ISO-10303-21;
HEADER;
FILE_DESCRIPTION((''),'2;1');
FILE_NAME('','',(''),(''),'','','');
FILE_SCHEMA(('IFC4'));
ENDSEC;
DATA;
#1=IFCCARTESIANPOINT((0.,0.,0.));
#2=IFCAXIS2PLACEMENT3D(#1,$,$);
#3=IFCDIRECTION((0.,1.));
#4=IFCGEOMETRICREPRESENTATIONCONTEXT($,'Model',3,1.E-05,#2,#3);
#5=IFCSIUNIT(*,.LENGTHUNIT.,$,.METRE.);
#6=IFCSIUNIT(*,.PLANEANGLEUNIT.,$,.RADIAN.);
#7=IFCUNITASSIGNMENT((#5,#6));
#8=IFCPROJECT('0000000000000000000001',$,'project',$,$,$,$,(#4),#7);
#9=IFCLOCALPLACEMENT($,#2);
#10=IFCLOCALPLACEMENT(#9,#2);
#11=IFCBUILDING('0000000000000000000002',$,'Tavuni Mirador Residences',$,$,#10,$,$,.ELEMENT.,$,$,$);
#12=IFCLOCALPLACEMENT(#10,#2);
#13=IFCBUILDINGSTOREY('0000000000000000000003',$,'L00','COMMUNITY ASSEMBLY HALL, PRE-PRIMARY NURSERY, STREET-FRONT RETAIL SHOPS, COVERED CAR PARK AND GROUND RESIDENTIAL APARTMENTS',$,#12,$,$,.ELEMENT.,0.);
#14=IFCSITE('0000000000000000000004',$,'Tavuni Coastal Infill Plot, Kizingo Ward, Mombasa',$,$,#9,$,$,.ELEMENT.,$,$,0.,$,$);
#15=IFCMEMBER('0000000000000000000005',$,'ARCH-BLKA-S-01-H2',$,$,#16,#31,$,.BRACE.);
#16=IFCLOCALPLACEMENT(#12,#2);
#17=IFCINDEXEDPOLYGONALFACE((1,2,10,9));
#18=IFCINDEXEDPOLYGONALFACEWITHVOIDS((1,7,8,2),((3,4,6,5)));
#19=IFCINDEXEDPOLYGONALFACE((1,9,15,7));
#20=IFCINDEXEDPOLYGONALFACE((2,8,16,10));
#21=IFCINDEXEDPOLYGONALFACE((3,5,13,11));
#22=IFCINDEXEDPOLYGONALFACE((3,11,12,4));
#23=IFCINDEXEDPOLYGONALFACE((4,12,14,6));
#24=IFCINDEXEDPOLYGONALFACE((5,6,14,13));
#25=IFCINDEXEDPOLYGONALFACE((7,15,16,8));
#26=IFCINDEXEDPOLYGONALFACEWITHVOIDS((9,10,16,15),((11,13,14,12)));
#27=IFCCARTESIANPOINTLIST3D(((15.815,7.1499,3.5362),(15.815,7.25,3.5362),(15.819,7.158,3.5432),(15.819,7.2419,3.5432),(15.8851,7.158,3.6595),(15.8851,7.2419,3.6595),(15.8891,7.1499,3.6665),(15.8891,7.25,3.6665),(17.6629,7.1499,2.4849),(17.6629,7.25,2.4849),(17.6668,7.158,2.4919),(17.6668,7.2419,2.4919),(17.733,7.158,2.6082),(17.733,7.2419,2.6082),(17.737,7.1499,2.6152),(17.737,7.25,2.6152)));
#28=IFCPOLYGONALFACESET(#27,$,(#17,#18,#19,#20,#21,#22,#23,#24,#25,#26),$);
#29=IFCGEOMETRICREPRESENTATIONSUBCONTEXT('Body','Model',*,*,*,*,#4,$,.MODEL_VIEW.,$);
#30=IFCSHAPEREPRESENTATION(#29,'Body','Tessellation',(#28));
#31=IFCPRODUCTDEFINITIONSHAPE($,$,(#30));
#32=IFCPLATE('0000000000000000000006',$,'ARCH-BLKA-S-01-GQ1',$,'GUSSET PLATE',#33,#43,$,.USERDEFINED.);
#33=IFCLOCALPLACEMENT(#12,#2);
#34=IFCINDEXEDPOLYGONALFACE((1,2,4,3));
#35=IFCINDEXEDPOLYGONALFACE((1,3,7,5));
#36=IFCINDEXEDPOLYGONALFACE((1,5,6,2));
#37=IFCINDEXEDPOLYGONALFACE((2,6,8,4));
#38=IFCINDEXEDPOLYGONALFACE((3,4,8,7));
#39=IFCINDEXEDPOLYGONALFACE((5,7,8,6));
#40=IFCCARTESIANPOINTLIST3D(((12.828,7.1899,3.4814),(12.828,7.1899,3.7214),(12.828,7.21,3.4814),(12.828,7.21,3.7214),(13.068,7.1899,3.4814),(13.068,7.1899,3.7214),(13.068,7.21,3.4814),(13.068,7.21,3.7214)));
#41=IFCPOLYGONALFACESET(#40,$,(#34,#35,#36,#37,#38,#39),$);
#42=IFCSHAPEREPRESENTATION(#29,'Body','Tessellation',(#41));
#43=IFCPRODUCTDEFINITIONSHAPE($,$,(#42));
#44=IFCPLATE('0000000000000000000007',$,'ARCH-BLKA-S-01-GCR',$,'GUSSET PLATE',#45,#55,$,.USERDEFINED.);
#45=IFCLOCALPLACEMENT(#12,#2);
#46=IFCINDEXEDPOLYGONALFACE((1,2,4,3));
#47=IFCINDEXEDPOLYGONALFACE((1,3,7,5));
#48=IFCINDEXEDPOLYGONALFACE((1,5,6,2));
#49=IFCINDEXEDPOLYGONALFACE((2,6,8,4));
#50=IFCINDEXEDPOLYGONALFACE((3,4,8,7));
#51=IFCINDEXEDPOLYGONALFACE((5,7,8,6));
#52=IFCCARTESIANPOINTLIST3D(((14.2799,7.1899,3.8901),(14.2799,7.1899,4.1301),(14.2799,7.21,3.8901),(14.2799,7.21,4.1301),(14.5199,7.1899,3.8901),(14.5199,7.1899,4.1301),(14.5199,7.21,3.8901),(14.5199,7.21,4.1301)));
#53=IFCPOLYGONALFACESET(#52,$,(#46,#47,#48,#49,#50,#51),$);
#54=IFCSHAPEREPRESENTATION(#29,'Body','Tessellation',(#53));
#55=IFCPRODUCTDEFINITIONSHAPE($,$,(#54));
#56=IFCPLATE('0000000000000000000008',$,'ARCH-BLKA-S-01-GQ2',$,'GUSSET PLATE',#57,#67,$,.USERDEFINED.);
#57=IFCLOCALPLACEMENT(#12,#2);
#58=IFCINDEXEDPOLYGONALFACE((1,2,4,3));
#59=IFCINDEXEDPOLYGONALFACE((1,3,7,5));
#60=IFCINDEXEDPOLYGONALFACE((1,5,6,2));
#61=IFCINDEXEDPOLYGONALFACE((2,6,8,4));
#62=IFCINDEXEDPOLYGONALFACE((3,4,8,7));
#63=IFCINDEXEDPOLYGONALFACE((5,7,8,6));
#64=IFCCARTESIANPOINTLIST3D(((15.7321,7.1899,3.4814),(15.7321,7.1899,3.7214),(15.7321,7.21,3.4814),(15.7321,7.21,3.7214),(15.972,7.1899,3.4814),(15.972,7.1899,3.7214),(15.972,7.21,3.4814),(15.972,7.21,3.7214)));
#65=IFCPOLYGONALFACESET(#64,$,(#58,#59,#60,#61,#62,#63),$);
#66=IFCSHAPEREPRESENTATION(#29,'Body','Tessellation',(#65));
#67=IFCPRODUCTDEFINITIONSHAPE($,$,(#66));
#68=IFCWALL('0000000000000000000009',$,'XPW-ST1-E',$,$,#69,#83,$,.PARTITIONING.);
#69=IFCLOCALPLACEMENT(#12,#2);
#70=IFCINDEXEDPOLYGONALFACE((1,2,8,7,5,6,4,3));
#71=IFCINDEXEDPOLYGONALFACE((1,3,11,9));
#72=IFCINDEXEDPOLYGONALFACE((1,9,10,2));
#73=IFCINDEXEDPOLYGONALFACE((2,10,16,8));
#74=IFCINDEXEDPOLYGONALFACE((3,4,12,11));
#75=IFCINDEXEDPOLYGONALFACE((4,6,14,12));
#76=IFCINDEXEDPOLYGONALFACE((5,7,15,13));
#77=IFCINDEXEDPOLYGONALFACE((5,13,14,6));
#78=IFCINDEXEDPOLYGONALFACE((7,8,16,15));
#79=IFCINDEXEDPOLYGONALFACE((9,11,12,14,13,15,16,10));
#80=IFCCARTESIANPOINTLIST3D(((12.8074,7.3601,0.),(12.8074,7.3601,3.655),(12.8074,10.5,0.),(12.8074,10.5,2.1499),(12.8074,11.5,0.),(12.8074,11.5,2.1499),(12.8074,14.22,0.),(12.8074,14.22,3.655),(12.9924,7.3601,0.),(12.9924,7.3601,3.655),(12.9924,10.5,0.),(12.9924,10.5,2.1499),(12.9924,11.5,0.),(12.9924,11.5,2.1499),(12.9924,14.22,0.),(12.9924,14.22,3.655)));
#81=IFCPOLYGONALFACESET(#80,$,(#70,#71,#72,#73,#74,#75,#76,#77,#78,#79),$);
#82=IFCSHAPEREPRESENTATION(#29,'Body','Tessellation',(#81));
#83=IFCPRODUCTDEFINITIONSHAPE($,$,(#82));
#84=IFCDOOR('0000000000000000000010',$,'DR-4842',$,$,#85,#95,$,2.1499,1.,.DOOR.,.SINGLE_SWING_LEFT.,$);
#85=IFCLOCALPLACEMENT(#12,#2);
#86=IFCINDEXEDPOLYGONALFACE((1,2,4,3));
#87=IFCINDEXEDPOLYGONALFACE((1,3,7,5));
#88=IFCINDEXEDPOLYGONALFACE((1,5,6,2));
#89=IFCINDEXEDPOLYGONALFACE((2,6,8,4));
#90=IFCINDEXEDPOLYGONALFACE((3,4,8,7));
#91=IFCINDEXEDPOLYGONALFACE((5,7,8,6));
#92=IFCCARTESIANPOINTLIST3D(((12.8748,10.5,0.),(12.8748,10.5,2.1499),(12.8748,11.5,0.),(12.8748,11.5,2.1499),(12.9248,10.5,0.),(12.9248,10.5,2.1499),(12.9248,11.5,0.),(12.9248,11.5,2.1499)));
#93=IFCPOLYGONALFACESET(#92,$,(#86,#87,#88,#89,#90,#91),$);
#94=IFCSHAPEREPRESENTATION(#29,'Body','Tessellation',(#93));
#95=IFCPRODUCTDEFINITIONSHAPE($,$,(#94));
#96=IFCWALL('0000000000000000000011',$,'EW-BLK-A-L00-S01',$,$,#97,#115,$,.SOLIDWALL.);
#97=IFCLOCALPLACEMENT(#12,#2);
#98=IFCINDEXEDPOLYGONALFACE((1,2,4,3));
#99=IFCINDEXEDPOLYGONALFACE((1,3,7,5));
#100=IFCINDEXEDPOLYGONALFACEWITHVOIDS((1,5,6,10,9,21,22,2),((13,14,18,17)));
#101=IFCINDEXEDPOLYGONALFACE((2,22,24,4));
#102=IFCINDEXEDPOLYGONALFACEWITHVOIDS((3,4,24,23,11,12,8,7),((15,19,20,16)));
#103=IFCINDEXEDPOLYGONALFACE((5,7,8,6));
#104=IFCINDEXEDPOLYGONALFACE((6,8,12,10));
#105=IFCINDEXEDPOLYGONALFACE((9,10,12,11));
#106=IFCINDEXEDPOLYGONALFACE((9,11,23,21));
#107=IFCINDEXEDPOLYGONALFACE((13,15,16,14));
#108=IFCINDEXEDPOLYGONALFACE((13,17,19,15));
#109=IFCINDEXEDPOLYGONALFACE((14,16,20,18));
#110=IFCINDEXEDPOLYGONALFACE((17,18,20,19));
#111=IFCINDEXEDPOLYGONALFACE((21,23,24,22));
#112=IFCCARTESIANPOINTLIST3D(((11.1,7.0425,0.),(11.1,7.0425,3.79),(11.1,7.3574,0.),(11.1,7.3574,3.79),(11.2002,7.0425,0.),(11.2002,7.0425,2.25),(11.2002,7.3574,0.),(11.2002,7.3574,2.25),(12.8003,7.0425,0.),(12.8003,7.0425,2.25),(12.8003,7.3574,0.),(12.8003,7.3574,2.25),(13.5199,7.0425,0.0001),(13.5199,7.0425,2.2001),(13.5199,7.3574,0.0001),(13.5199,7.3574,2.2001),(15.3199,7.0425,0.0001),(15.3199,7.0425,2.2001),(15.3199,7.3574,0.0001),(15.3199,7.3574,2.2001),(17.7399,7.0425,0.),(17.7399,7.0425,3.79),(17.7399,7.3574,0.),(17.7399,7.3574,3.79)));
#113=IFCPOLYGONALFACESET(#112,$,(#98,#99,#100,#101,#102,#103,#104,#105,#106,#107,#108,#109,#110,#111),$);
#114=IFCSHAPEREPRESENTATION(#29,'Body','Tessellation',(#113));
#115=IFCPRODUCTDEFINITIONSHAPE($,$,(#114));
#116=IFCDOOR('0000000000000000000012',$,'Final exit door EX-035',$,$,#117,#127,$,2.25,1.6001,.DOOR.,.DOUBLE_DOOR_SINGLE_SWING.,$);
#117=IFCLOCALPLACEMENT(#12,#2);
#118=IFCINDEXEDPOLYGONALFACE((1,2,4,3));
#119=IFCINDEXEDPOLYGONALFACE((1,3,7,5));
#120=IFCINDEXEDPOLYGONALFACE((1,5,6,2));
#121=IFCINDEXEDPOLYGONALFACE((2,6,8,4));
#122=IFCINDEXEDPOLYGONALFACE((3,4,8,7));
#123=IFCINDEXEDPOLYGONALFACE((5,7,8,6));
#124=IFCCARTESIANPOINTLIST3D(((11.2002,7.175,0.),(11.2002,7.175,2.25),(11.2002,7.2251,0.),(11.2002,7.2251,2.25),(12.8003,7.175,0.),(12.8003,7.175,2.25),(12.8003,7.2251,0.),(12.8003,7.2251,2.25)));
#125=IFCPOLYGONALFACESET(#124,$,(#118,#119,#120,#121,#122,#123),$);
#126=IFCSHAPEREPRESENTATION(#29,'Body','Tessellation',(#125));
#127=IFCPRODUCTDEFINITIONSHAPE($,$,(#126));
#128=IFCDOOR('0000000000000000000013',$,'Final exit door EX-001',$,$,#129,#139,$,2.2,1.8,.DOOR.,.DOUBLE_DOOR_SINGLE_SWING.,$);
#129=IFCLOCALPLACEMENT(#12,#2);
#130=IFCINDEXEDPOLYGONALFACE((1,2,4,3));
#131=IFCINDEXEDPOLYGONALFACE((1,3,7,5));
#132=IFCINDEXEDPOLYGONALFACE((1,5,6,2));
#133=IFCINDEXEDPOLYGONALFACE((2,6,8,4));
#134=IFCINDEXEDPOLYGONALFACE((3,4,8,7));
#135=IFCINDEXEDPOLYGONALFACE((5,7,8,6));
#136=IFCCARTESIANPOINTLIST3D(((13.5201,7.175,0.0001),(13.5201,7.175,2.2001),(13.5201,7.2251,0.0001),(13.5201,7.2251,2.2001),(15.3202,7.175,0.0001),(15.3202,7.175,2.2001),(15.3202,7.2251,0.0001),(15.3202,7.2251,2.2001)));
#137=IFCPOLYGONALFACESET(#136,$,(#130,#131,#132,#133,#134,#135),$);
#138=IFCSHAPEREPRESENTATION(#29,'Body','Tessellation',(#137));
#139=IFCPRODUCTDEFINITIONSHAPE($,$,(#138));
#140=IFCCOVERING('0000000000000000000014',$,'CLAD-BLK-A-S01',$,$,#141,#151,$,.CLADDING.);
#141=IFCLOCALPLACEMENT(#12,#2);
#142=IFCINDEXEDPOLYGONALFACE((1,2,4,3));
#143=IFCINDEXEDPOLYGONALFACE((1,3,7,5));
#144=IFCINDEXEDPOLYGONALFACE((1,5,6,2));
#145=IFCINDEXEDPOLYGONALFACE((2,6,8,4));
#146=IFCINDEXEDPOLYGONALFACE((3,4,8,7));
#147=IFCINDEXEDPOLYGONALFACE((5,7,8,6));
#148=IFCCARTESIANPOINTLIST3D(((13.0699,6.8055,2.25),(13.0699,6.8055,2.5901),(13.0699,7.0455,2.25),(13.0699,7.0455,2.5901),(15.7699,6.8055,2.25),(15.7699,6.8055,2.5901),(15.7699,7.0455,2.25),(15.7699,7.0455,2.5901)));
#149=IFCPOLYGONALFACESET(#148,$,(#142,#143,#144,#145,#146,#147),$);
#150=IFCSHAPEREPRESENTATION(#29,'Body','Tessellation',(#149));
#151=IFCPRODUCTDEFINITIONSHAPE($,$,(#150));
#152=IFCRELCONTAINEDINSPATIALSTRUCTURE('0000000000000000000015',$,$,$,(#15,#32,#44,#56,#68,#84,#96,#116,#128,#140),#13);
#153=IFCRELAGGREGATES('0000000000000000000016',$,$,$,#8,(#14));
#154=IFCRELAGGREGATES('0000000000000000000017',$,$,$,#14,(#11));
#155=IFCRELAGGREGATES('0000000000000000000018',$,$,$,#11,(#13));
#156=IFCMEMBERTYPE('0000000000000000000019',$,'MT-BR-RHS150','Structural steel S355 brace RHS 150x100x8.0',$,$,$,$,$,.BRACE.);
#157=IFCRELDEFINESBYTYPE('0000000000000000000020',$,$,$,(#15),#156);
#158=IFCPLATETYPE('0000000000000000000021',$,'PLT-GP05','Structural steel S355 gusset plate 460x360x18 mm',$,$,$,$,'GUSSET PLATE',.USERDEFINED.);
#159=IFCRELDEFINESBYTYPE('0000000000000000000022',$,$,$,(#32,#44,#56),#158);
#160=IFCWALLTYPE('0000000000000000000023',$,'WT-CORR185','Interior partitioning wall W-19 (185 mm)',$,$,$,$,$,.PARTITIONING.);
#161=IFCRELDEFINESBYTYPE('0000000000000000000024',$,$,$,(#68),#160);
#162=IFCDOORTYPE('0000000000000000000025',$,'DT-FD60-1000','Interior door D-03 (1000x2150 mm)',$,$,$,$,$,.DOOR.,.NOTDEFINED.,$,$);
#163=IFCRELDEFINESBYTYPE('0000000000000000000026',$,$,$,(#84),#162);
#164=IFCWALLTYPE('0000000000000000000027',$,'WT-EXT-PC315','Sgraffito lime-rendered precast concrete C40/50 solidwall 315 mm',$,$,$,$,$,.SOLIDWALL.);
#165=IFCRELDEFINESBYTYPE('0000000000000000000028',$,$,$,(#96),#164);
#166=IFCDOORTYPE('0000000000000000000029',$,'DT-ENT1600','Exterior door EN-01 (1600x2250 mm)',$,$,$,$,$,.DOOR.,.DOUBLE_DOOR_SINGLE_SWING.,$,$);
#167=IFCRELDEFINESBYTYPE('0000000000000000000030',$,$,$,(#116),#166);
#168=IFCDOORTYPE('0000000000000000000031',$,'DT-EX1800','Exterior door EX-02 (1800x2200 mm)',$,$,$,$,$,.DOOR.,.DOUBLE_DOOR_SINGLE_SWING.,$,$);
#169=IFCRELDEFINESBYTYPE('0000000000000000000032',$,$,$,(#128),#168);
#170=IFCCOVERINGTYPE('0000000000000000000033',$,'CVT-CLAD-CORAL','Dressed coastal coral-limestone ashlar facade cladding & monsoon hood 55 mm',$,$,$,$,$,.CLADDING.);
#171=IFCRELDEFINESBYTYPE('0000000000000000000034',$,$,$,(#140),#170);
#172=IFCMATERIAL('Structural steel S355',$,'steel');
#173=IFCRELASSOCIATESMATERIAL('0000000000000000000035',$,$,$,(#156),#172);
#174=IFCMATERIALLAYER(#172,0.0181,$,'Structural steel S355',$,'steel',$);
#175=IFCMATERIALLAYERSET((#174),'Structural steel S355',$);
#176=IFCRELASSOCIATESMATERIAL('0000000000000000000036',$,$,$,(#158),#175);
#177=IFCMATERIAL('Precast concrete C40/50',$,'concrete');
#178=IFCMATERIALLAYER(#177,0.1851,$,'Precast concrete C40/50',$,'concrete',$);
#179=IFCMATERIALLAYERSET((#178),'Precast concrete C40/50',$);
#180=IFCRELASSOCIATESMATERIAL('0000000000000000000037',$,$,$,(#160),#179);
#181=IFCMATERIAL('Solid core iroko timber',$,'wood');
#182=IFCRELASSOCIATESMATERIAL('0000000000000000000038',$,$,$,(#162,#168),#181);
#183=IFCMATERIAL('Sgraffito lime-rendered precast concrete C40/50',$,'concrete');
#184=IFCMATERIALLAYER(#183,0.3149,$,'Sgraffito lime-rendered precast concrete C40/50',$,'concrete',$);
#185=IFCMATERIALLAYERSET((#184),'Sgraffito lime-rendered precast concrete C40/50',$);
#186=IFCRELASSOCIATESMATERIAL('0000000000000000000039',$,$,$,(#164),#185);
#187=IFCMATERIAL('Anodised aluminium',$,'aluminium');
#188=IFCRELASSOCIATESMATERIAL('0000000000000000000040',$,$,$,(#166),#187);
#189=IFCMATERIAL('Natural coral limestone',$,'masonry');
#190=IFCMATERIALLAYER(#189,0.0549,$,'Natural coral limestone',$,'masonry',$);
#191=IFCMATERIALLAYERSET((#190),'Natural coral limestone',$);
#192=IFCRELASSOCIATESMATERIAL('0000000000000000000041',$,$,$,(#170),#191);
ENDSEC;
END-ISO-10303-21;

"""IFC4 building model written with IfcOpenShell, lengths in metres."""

from ifc_helpers import new_model, si_unit, direction, frame, frame_2d, origin, origin_2d, place, context, subcontext, project, spatial, rectangle, hollow_rectangle, extrude, material, layer, layer_set, material_profile, profile_set, type_object, element, fill, save


model = new_model("IFC4")

# Units and contexts
model_context = context("Model", 3, precision=1e-05, world=origin(), true_north=direction((0.0, 1.0)))
body_context = subcontext(model_context, "Body", "Model", "MODEL_VIEW")
ifc_project = project(units=[si_unit("LENGTHUNIT", "METRE"), si_unit("PLANEANGLEUNIT", "RADIAN")], contexts=[model_context])

# Site, building, storey
site_placement = place(None, origin())
site = spatial("IfcSite", under=ifc_project, at=site_placement, Name="Tavuni Coastal Infill Plot, Kizingo Ward, Mombasa", CompositionType="ELEMENT", RefElevation=0.0)
building_placement = place(site_placement, origin())
building = spatial("IfcBuilding", under=site, at=building_placement, Name="Tavuni Mirador Residences", CompositionType="ELEMENT")
storey_placement = place(building_placement, origin())
storey = spatial("IfcBuildingStorey", under=building, at=storey_placement, Name="L00", Description="COMMUNITY ASSEMBLY HALL, PRE-PRIMARY NURSERY, STREET-FRONT RETAIL SHOPS, COVERED CAR PARK AND GROUND RESIDENTIAL APARTMENTS", CompositionType="ELEMENT", Elevation=0.0)

# Shared definitions
ifc_material_1 = material(Name="Precast concrete C40/50", Category="concrete")

# Member
ifc_material_2 = material(Name="Structural steel S355", Category="steel")
ifc_material_profile_1 = material_profile(ifc_material_2, hollow_rectangle(XDim=0.1001, YDim=0.1499, WallThickness=0.0081, at=origin_2d()), Name="RHS 150x100x8.0", Category="steel")
ifc_profile_set_1 = profile_set([ifc_material_profile_1], Name="Structural steel S355")
member_type = type_object("IfcMemberType", Name="MT-BR-RHS150", Description="Structural steel S355 brace RHS 150x100x8.0", PredefinedType="BRACE", material=ifc_profile_set_1)
member_1_placement = place(storey_placement, frame((15.8521, 7.2, 3.6013), z_axis=(0.869189, 0.0, -0.494481), x_axis=(0.0, 1.0, 0.0)))
element("IfcMember", 1, at=member_1_placement, inside=storey, type_object=member_type, Name="ARCH-BLKA-S-01-H2", PredefinedType="BRACE", context=body_context, shape_type="SweptSolid", body=[
    extrude(hollow_rectangle(XDim=0.1001, YDim=0.1499, WallThickness=0.0081, at=origin_2d()), origin(), (0.0, 0.0, 1.0), 2.126),
])

# Plates
ifc_layer_1 = layer(ifc_material_2, 0.0181, Name="Structural steel S355", Category="steel")
ifc_layer_set_1 = layer_set([ifc_layer_1], Name="Structural steel S355")
plate_type = type_object("IfcPlateType", Name="PLT-GP05", Description="Structural steel S355 gusset plate 460x360x18 mm", ElementType="GUSSET PLATE", PredefinedType="USERDEFINED", material=ifc_layer_set_1)
for number, where, z_axis, x_axis, name in (
    (2, (12.948, 7.2, 3.4814), (0.0, 0.0, 1.0), (1.0, 0.0, 0.0), "ARCH-BLKA-S-01-GQ1"),
    (3, (14.3999, 7.2, 3.8901), (0.0, 0.0, 1.0), (1.0, 0.0, 0.0), "ARCH-BLKA-S-01-GCR"),
    (4, (15.8521, 7.2, 3.4814), (0.0, 0.0, 1.0), (1.0, 0.0, 0.0), "ARCH-BLKA-S-01-GQ2"),
):
    element("IfcPlate", number, at=place(storey_placement, frame(where, z_axis=z_axis, x_axis=x_axis)), inside=storey, type_object=plate_type, Name=name, ObjectType="GUSSET PLATE", PredefinedType="USERDEFINED", context=body_context, shape_type="SweptSolid", body=[
        extrude(rectangle(XDim=0.24, YDim=0.02, at=origin_2d()), origin(), (0.0, 0.0, 1.0), 0.24),
    ])

# Shared definitions
ifc_material_3 = material(Name="Solid core iroko timber", Category="wood")

# Wall, opening, door
ifc_layer_2 = layer(ifc_material_1, 0.1851, Name="Precast concrete C40/50", Category="concrete")
ifc_layer_set_2 = layer_set([ifc_layer_2], Name="Precast concrete C40/50")
wall_type_1 = type_object("IfcWallType", Name="WT-CORR185", Description="Interior partitioning wall W-19 (185 mm)", PredefinedType="PARTITIONING", material=ifc_layer_set_2)
wall_1_placement = place(storey_placement, frame((12.8999, 14.22, 0.0), z_axis=(0.0, 0.0, 1.0), x_axis=(0.0, -1.0, 0.0)))
wall_1 = element("IfcWall", 5, at=wall_1_placement, inside=storey, type_object=wall_type_1, Name="XPW-ST1-E", PredefinedType="PARTITIONING", context=body_context, shape_type="SweptSolid", body=[
    extrude(rectangle(XDim=6.8599, YDim=0.1851, at=frame_2d((3.4299, 0.0))), origin(), (0.0, 0.0, 1.0), 3.655),
])
opening_1_placement = place(wall_1_placement, frame((2.72, 0.0, 0.0)))
opening_1 = element("IfcOpeningElement", 6, at=opening_1_placement, cuts=wall_1, PredefinedType="OPENING", context=body_context, shape_type="SweptSolid", body=[
    extrude(rectangle(XDim=1.0, YDim=2.1499, at=frame_2d((0.5, 1.075))), frame((0.0, 0.1025, 0.0), z_axis=(0.0, -1.0, 0.0), x_axis=(1.0, 0.0, 0.0)), (0.0, 0.0, 1.0), 0.2051),
])
door_type_1 = type_object("IfcDoorType", Name="DT-FD60-1000", Description="Interior door D-03 (1000x2150 mm)", OperationType="NOTDEFINED", PredefinedType="DOOR", material=ifc_material_3)
door_1_placement = place(opening_1_placement, origin())
door_1 = element("IfcDoor", 7, at=door_1_placement, inside=storey, type_object=door_type_1, Name="DR-4842", OperationType="SINGLE_SWING_LEFT", OverallHeight=2.1499, OverallWidth=1.0, PredefinedType="DOOR", context=body_context, shape_type="SweptSolid", body=[
    extrude(rectangle(XDim=1.0, YDim=2.1499, at=frame_2d((0.5, 1.075))), frame((0.0, 0.0249, 0.0), z_axis=(0.0, -1.0, 0.0), x_axis=(1.0, 0.0, 0.0)), (0.0, 0.0, 1.0), 0.05),
])
fill(opening_1, door_1)

# Wall, openings, doors
ifc_material_4 = material(Name="Sgraffito lime-rendered precast concrete C40/50", Category="concrete")
ifc_layer_3 = layer(ifc_material_4, 0.3149, Name="Sgraffito lime-rendered precast concrete C40/50", Category="concrete")
ifc_layer_set_3 = layer_set([ifc_layer_3], Name="Sgraffito lime-rendered precast concrete C40/50")
wall_type_2 = type_object("IfcWallType", Name="WT-EXT-PC315", Description="Sgraffito lime-rendered precast concrete C40/50 solidwall 315 mm", PredefinedType="SOLIDWALL", material=ifc_layer_set_3)
wall_2_placement = place(storey_placement, frame((11.1001, 7.2, 0.0), z_axis=(0.0, 0.0, 1.0), x_axis=(1.0, 0.0, 0.0)))
wall_2 = element("IfcWall", 8, at=wall_2_placement, inside=storey, type_object=wall_type_2, Name="EW-BLK-A-L00-S01", PredefinedType="SOLIDWALL", context=body_context, shape_type="SweptSolid", body=[
    extrude(rectangle(XDim=6.6399, YDim=0.3149, at=frame_2d((3.3198, 0.0))), origin(), (0.0, 0.0, 1.0), 3.79),
])
opening_2_placement = place(wall_2_placement, frame((2.4199, 0.0, 0.0)))
opening_2 = element("IfcOpeningElement", 9, at=opening_2_placement, cuts=wall_2, PredefinedType="OPENING", context=body_context, shape_type="SweptSolid", body=[
    extrude(rectangle(XDim=1.8, YDim=2.2, at=frame_2d((0.8999, 1.1001))), frame((0.0, 0.1675, 0.0), z_axis=(0.0, -1.0, 0.0), x_axis=(1.0, 0.0, 0.0)), (0.0, 0.0, 1.0), 0.335),
])
opening_3_placement = place(wall_2_placement, frame((0.1001, 0.0, 0.0)))
opening_3 = element("IfcOpeningElement", 10, at=opening_3_placement, cuts=wall_2, PredefinedType="OPENING", context=body_context, shape_type="SweptSolid", body=[
    extrude(rectangle(XDim=1.6001, YDim=2.25, at=frame_2d((0.8, 1.125))), frame((0.0, 0.1675, 0.0), z_axis=(0.0, -1.0, 0.0), x_axis=(1.0, 0.0, 0.0)), (0.0, 0.0, 1.0), 0.335),
])
ifc_material_5 = material(Name="Anodised aluminium", Category="aluminium")
door_type_2 = type_object("IfcDoorType", Name="DT-ENT1600", Description="Exterior door EN-01 (1600x2250 mm)", OperationType="DOUBLE_DOOR_SINGLE_SWING", PredefinedType="DOOR", material=ifc_material_5)
door_2_placement = place(opening_3_placement, frame((1.6001, 0.0, 0.0), z_axis=(0.0, 0.0, 1.0), x_axis=(-1.0, 0.0, 0.0)))
door_2 = element("IfcDoor", 11, at=door_2_placement, inside=storey, type_object=door_type_2, Name="Final exit door EX-035", OperationType="DOUBLE_DOOR_SINGLE_SWING", OverallHeight=2.25, OverallWidth=1.6001, PredefinedType="DOOR", context=body_context, shape_type="SweptSolid", body=[
    extrude(rectangle(XDim=1.6001, YDim=2.25, at=frame_2d((0.8, 1.125))), frame((0.0, 0.0249, 0.0), z_axis=(0.0, -1.0, 0.0), x_axis=(1.0, 0.0, 0.0)), (0.0, 0.0, 1.0), 0.05),
])
fill(opening_3, door_2)
door_type_3 = type_object("IfcDoorType", Name="DT-EX1800", Description="Exterior door EX-02 (1800x2200 mm)", OperationType="DOUBLE_DOOR_SINGLE_SWING", PredefinedType="DOOR", material=ifc_material_3)
door_3_placement = place(opening_2_placement, frame((1.8, 0.0, 0.0), z_axis=(0.0, 0.0, 1.0), x_axis=(-1.0, 0.0, 0.0)))
door_3 = element("IfcDoor", 12, at=door_3_placement, inside=storey, type_object=door_type_3, Name="Final exit door EX-001", OperationType="DOUBLE_DOOR_SINGLE_SWING", OverallHeight=2.2, OverallWidth=1.8, PredefinedType="DOOR", context=body_context, shape_type="SweptSolid", body=[
    extrude(rectangle(XDim=1.8, YDim=2.2, at=frame_2d((0.8999, 1.1001))), frame((0.0, 0.0249, 0.0), z_axis=(0.0, -1.0, 0.0), x_axis=(1.0, 0.0, 0.0)), (0.0, 0.0, 1.0), 0.05),
])
fill(opening_2, door_3)

# Covering
ifc_material_6 = material(Name="Natural coral limestone", Category="masonry")
ifc_layer_4 = layer(ifc_material_6, 0.0549, Name="Natural coral limestone", Category="masonry")
ifc_layer_set_4 = layer_set([ifc_layer_4], Name="Natural coral limestone")
covering_type = type_object("IfcCoveringType", Name="CVT-CLAD-CORAL", Description="Dressed coastal coral-limestone ashlar facade cladding & monsoon hood 55 mm", PredefinedType="CLADDING", material=ifc_layer_set_4)
covering_placement = place(storey_placement, frame((14.4199, 6.9255, 2.25), z_axis=(0.0, 0.0, 1.0), x_axis=(1.0, 0.0, 0.0)))
element("IfcCovering", 13, at=covering_placement, inside=storey, type_object=covering_type, Name="CLAD-BLK-A-S01", PredefinedType="CLADDING", context=body_context, shape_type="SweptSolid", body=[
    extrude(rectangle(XDim=2.7, YDim=0.24, at=origin_2d()), origin(), (0.0, 0.0, 1.0), 0.3401),
])

save(model, "model.ifc")
